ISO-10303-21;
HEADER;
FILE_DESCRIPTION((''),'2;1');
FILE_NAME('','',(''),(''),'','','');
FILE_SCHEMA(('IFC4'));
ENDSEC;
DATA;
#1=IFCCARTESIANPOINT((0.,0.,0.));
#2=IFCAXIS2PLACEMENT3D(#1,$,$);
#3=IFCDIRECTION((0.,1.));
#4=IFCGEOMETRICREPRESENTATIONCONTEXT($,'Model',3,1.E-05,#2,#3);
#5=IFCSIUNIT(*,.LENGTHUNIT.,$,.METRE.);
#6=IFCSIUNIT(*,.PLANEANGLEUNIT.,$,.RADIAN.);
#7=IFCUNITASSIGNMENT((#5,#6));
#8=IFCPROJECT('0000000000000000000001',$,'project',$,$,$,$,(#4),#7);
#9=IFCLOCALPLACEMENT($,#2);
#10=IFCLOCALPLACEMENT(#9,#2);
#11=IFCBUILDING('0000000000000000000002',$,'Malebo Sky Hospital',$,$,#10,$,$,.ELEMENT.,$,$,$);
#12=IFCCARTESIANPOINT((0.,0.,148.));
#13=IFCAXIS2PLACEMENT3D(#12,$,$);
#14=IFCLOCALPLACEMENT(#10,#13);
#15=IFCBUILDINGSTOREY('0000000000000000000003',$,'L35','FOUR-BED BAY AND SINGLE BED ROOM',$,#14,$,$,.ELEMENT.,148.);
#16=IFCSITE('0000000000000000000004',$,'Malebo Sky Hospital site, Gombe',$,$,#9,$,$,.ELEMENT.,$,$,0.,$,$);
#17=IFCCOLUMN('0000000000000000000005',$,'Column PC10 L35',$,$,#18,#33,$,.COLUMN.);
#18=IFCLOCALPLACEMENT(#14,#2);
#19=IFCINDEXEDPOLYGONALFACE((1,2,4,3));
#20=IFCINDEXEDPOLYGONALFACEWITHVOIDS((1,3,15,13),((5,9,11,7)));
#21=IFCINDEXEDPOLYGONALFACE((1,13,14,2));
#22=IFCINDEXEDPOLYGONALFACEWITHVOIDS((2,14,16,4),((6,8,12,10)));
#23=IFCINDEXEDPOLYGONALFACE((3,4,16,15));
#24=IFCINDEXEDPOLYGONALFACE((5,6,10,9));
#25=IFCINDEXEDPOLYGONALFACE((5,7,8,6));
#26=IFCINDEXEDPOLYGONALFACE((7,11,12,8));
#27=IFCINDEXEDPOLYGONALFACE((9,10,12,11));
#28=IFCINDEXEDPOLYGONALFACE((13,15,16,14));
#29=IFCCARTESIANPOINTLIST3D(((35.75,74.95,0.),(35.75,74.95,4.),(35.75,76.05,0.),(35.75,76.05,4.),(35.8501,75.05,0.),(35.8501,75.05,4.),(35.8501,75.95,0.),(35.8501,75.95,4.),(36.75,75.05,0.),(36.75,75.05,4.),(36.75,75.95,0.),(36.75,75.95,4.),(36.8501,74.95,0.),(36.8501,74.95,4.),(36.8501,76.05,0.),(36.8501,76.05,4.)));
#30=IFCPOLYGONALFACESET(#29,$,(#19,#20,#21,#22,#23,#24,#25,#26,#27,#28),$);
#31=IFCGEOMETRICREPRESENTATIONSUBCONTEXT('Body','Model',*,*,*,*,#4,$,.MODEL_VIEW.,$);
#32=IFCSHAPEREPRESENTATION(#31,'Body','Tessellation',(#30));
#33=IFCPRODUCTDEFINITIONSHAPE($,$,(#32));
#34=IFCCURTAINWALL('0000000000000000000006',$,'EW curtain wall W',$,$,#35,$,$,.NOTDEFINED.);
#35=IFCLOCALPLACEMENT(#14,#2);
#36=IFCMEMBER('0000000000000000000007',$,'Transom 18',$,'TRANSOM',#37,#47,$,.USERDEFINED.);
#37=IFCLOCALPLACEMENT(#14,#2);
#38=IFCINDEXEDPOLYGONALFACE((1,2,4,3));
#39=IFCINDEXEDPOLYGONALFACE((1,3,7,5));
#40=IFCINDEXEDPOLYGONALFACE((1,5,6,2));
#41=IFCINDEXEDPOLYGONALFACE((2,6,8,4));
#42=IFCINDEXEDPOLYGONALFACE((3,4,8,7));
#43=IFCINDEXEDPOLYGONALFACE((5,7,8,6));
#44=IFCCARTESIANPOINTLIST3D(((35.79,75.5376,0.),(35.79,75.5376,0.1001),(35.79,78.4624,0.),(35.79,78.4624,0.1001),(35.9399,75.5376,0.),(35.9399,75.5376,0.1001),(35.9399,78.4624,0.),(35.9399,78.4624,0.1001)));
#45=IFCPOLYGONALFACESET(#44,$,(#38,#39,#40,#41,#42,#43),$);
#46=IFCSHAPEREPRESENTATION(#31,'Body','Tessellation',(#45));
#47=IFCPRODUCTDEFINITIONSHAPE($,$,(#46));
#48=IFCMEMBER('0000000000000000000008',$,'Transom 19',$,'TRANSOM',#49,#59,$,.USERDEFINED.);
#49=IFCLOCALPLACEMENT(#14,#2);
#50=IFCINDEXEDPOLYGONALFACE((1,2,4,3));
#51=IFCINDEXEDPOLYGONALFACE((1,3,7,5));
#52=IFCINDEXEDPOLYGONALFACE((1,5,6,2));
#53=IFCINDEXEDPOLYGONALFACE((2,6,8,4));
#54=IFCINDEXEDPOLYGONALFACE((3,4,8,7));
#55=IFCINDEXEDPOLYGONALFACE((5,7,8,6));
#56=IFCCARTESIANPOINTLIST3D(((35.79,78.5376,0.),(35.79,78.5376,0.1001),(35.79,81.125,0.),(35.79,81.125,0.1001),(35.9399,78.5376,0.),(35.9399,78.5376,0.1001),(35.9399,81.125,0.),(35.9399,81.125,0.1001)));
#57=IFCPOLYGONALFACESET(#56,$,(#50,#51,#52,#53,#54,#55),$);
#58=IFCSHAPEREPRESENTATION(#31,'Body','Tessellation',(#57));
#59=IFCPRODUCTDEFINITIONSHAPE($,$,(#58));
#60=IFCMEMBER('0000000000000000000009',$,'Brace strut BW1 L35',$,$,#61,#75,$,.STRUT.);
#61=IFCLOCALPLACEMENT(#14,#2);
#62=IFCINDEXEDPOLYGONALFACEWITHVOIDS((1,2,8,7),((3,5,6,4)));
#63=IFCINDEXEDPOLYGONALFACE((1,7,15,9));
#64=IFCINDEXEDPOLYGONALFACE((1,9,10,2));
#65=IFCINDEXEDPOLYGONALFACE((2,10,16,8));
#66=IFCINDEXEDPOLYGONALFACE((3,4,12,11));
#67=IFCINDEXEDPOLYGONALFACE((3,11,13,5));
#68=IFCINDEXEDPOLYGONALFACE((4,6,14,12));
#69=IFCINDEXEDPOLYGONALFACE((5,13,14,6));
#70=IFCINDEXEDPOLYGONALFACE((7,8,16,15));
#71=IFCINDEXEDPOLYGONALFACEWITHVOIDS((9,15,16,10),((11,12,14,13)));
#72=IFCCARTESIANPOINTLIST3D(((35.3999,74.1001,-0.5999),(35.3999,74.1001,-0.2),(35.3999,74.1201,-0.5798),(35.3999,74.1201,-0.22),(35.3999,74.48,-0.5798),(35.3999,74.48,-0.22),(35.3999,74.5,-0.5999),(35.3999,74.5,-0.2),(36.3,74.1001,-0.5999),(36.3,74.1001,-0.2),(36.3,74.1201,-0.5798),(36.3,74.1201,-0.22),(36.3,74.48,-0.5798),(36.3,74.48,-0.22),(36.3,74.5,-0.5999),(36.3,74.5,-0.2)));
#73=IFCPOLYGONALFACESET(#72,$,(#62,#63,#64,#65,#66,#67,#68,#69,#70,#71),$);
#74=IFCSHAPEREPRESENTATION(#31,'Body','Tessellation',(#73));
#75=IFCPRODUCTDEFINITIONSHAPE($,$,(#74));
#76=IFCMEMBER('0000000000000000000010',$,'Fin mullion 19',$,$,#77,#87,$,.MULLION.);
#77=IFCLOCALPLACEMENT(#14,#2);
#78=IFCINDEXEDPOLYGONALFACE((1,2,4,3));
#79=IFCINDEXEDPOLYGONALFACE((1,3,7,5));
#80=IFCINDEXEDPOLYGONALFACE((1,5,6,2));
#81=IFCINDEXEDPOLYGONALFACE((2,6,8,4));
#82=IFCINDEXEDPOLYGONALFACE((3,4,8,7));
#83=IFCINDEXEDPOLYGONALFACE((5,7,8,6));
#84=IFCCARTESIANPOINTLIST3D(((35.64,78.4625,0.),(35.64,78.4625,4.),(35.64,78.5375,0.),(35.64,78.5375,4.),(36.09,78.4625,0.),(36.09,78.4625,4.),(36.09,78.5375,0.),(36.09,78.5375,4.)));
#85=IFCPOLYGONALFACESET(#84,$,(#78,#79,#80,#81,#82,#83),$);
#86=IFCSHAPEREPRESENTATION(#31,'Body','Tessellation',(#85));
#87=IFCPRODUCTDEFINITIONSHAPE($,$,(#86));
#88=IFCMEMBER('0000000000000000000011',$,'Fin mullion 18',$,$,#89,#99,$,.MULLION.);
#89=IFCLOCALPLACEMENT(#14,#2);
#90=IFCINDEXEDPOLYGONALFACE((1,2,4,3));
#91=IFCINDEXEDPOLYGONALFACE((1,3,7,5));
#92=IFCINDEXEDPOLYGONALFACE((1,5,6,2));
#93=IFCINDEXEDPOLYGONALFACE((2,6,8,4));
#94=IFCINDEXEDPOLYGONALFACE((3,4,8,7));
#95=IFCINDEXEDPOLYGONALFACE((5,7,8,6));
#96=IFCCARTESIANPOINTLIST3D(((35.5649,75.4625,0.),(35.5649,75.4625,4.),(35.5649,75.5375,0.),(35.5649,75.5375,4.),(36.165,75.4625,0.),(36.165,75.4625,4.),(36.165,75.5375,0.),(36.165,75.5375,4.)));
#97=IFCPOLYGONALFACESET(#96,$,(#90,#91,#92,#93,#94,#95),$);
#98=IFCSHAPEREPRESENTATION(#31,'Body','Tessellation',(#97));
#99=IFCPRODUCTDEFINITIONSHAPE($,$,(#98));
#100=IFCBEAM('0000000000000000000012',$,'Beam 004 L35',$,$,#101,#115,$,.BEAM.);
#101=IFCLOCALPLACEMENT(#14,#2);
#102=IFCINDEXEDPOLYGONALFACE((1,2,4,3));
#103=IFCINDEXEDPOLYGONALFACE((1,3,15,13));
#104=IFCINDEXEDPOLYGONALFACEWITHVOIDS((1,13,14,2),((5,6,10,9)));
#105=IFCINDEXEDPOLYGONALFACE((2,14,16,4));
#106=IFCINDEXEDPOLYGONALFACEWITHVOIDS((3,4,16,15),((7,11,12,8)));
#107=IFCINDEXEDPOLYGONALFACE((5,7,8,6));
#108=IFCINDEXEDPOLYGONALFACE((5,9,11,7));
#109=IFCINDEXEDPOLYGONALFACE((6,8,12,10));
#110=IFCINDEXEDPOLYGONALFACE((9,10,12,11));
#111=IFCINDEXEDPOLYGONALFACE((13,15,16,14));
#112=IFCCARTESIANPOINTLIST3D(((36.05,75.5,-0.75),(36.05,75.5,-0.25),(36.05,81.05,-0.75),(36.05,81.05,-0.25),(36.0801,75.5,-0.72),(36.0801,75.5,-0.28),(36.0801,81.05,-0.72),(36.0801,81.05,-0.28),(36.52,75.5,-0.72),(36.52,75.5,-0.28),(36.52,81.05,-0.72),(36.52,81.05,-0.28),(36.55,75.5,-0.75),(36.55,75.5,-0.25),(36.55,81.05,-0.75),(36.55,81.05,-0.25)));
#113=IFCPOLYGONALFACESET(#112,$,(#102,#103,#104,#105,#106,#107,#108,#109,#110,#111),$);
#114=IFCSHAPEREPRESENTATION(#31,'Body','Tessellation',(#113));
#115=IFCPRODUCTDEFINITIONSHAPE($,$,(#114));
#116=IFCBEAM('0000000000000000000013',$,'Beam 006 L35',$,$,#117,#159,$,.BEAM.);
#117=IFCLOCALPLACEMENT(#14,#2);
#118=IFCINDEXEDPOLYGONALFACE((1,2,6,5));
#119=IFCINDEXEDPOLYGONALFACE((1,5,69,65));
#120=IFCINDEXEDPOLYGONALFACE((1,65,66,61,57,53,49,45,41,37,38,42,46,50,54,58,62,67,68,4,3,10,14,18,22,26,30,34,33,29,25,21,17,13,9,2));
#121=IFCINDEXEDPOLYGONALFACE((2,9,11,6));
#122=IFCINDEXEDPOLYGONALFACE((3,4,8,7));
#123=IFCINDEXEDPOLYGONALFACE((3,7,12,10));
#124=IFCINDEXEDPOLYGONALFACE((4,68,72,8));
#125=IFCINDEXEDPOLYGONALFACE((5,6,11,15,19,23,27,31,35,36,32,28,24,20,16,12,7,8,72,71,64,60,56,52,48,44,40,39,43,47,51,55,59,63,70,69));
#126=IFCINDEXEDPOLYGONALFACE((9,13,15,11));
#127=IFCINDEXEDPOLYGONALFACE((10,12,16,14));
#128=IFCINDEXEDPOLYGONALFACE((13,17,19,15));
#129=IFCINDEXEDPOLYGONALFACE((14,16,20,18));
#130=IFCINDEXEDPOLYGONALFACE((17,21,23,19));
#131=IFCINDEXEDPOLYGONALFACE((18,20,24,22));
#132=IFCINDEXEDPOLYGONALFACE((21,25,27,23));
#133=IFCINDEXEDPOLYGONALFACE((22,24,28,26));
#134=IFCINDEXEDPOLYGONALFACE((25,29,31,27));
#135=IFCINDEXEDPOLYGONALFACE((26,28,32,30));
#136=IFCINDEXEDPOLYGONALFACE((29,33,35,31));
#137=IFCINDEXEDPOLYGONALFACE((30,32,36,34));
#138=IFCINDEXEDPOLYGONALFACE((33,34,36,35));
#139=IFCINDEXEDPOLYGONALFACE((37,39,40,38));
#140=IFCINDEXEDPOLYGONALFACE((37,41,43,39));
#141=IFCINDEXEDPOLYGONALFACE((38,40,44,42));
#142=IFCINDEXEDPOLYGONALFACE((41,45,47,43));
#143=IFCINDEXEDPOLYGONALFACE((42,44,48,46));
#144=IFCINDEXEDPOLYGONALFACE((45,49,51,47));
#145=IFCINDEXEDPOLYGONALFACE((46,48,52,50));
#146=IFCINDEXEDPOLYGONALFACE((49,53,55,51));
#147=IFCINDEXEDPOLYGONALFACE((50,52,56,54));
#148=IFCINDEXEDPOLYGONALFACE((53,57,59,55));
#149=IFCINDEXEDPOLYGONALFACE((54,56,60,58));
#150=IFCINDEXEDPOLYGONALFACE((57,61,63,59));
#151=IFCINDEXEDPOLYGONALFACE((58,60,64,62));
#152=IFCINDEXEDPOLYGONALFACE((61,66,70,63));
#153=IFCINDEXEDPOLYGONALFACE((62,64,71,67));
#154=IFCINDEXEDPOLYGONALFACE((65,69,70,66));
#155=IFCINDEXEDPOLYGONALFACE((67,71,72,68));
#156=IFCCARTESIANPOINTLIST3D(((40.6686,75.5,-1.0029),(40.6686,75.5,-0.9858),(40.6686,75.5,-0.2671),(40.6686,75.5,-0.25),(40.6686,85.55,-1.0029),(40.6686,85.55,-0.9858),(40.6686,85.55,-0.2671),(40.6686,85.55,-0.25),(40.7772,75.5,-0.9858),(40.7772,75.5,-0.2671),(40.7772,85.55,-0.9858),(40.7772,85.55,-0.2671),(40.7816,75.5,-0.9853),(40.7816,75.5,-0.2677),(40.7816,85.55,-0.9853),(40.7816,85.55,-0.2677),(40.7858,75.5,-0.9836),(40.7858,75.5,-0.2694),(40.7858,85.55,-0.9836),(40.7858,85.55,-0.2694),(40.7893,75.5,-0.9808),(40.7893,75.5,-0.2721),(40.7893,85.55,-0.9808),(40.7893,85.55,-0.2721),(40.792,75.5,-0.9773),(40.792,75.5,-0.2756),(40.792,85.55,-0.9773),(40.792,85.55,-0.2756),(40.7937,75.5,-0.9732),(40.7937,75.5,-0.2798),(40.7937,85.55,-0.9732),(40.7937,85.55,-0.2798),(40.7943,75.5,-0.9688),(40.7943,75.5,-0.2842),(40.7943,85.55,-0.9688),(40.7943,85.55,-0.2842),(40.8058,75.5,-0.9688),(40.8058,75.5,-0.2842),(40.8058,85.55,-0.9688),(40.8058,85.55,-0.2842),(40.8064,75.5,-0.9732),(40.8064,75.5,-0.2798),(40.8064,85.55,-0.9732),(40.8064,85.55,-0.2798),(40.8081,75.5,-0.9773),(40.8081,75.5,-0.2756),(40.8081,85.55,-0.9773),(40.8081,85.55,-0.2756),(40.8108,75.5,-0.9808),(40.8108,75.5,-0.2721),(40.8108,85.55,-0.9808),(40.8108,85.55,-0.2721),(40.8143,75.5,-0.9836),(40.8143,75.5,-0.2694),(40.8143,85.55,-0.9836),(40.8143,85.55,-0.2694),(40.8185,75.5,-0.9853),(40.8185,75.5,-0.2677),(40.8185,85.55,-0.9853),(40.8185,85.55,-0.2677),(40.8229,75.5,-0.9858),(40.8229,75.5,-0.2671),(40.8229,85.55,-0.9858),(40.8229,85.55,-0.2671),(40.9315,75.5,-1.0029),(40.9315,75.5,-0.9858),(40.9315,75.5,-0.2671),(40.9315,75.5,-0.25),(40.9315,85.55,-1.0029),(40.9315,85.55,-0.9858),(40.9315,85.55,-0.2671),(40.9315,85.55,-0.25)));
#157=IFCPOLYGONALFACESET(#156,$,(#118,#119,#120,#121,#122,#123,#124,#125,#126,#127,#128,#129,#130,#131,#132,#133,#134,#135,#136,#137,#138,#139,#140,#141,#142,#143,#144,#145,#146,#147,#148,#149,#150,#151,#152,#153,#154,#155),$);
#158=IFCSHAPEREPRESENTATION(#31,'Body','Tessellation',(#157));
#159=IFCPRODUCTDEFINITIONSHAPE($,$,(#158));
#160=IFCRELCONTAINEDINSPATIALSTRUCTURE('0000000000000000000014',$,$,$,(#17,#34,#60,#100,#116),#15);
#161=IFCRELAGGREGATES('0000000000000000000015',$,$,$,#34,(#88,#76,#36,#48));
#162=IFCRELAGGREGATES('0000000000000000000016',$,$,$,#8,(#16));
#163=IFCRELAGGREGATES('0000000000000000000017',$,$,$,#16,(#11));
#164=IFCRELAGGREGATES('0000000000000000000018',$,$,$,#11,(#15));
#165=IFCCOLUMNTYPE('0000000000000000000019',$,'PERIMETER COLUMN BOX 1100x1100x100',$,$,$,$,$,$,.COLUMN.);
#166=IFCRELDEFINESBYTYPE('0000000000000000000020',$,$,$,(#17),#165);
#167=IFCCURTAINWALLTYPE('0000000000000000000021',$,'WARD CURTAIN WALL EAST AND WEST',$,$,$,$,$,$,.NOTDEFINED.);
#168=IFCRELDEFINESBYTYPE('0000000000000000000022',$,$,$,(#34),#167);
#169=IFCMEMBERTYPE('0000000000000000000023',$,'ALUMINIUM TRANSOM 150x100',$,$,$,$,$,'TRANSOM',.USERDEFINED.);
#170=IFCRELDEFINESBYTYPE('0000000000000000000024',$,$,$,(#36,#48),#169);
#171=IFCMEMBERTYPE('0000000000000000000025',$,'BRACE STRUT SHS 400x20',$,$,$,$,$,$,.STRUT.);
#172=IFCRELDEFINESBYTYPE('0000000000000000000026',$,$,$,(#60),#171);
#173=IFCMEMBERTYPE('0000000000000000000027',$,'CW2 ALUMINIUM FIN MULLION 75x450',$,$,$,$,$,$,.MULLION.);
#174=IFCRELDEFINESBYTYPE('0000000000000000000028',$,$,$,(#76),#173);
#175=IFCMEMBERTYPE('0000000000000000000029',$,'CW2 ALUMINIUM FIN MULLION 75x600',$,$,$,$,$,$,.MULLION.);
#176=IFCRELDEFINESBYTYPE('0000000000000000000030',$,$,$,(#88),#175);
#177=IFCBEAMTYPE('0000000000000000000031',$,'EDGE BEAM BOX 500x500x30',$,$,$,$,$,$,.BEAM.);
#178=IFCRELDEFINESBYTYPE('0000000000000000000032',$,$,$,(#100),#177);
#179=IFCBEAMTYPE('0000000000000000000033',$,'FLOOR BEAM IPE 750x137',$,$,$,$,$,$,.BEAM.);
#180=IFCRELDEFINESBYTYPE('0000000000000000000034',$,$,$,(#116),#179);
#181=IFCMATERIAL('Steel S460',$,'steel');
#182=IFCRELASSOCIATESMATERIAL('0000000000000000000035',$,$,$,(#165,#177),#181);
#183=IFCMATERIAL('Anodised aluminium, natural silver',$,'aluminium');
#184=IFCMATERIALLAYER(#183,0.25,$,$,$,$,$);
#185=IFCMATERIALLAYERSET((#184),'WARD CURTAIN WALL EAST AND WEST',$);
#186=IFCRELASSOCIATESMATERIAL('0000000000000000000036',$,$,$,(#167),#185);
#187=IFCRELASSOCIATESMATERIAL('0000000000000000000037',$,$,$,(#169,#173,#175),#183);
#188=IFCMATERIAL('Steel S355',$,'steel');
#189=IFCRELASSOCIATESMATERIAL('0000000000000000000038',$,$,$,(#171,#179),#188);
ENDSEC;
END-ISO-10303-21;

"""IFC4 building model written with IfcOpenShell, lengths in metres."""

from ifc_helpers import new_model, si_unit, direction, frame, origin, origin_2d, place, context, subcontext, project, spatial, rectangle, hollow_rectangle, i_section, extrude, material, layer, layer_set, material_profile, profile_set, type_object, element, aggregate, save


model = new_model("IFC4")

# Units and contexts
model_context = context("Model", 3, precision=1e-05, world=origin(), true_north=direction((0.0, 1.0)))
body_context = subcontext(model_context, "Body", "Model", "MODEL_VIEW")
ifc_project = project(units=[si_unit("LENGTHUNIT", "METRE"), si_unit("PLANEANGLEUNIT", "RADIAN")], contexts=[model_context])

# Site, building, storey
site_placement = place(None, origin())
site = spatial("IfcSite", under=ifc_project, at=site_placement, Name="Malebo Sky Hospital site, Gombe", CompositionType="ELEMENT", RefElevation=0.0)
building_placement = place(site_placement, origin())
building = spatial("IfcBuilding", under=site, at=building_placement, Name="Malebo Sky Hospital", CompositionType="ELEMENT")
storey_placement = place(building_placement, frame((0.0, 0.0, 148.0)))
storey = spatial("IfcBuildingStorey", under=building, at=storey_placement, Name="L35", Description="FOUR-BED BAY AND SINGLE BED ROOM", CompositionType="ELEMENT", Elevation=148.0)

# Column
ifc_material_1 = material(Name="Steel S460", Category="steel")
ifc_material_profile_1 = material_profile(ifc_material_1, hollow_rectangle(XDim=1.1001, YDim=1.1001, WallThickness=0.1001, at=origin_2d()), Name="BOX 1100x1100x100")
ifc_profile_set_1 = profile_set([ifc_material_profile_1], Name="Steel S460")
column_type = type_object("IfcColumnType", Name="PERIMETER COLUMN BOX 1100x1100x100", PredefinedType="COLUMN", material=ifc_profile_set_1)
column_placement = place(storey_placement, frame((36.3, 75.5, 0.0), z_axis=(0.0, 0.0, 1.0), x_axis=(1.0, 0.0, 0.0)))
element("IfcColumn", 1, at=column_placement, inside=storey, type_object=column_type, Name="Column PC10 L35", PredefinedType="COLUMN", context=body_context, shape_type="SweptSolid", body=[
    extrude(hollow_rectangle(XDim=1.1001, YDim=1.1001, WallThickness=0.1001, at=origin_2d()), origin(), (0.0, 0.0, 1.0), 4.0),
])

# Curtain wall, members
ifc_material_2 = material(Name="Anodised aluminium, natural silver", Category="aluminium")
ifc_layer_1 = layer(ifc_material_2, 0.25)
ifc_layer_set_1 = layer_set([ifc_layer_1], Name="WARD CURTAIN WALL EAST AND WEST")
curtain_wall_type = type_object("IfcCurtainWallType", Name="WARD CURTAIN WALL EAST AND WEST", PredefinedType="NOTDEFINED", material=ifc_layer_set_1)
curtain_wall_placement = place(storey_placement, origin())
curtain_wall = element("IfcCurtainWall", 2, at=curtain_wall_placement, inside=storey, type_object=curtain_wall_type, Name="EW curtain wall W", PredefinedType="NOTDEFINED")
ifc_material_profile_2 = material_profile(ifc_material_2, rectangle(XDim=0.1499, YDim=0.1001, at=origin_2d()), Name="ALUMINIUM TRANSOM 150x100")
ifc_profile_set_2 = profile_set([ifc_material_profile_2], Name="Anodised aluminium, natural silver")
member_type_1 = type_object("IfcMemberType", Name="ALUMINIUM TRANSOM 150x100", ElementType="TRANSOM", PredefinedType="USERDEFINED", material=ifc_profile_set_2)
member_1_placement = place(storey_placement, frame((35.865, 75.5376, 0.05), z_axis=(0.0, 1.0, 0.0), x_axis=(-1.0, 0.0, 0.0)))
member_1 = element("IfcMember", 3, at=member_1_placement, type_object=member_type_1, Name="Transom 18", ObjectType="TRANSOM", PredefinedType="USERDEFINED", context=body_context, shape_type="SweptSolid", body=[
    extrude(rectangle(XDim=0.1499, YDim=0.1001, at=origin_2d()), origin(), (0.0, 0.0, 1.0), 2.9248),
])
member_2_placement = place(storey_placement, frame((35.865, 78.5376, 0.05), z_axis=(0.0, 1.0, 0.0), x_axis=(-1.0, 0.0, 0.0)))
member_2 = element("IfcMember", 4, at=member_2_placement, type_object=member_type_1, Name="Transom 19", ObjectType="TRANSOM", PredefinedType="USERDEFINED", context=body_context, shape_type="SweptSolid", body=[
    extrude(rectangle(XDim=0.1499, YDim=0.1001, at=origin_2d()), origin(), (0.0, 0.0, 1.0), 2.5874),
])

# Members
ifc_material_3 = material(Name="Steel S355", Category="steel")
ifc_material_profile_3 = material_profile(ifc_material_3, hollow_rectangle(XDim=0.3999, YDim=0.3999, WallThickness=0.02, at=origin_2d()), Name="SHS 400x20")
ifc_profile_set_3 = profile_set([ifc_material_profile_3], Name="Steel S355")
member_type_2 = type_object("IfcMemberType", Name="BRACE STRUT SHS 400x20", PredefinedType="STRUT", material=ifc_profile_set_3)
member_3_placement = place(storey_placement, frame((35.3999, 74.3, -0.3999), z_axis=(1.0, 0.0, 0.0), x_axis=(0.0, 1.0, 0.0)))
element("IfcMember", 5, at=member_3_placement, inside=storey, type_object=member_type_2, Name="Brace strut BW1 L35", PredefinedType="STRUT", context=body_context, shape_type="SweptSolid", body=[
    extrude(hollow_rectangle(XDim=0.3999, YDim=0.3999, WallThickness=0.02, at=origin_2d()), origin(), (0.0, 0.0, 1.0), 0.9001),
])
ifc_material_profile_4 = material_profile(ifc_material_2, rectangle(XDim=0.075, YDim=0.45, at=origin_2d()), Name="CW2 ALUMINIUM FIN MULLION 75x450")
ifc_profile_set_4 = profile_set([ifc_material_profile_4], Name="Anodised aluminium, natural silver")
member_type_3 = type_object("IfcMemberType", Name="CW2 ALUMINIUM FIN MULLION 75x450", PredefinedType="MULLION", material=ifc_profile_set_4)
member_4_placement = place(storey_placement, frame((35.865, 78.5, 0.0), z_axis=(0.0, 0.0, 1.0), x_axis=(0.0, 1.0, 0.0)))
member_4 = element("IfcMember", 6, at=member_4_placement, type_object=member_type_3, Name="Fin mullion 19", PredefinedType="MULLION", context=body_context, shape_type="SweptSolid", body=[
    extrude(rectangle(XDim=0.075, YDim=0.45, at=origin_2d()), origin(), (0.0, 0.0, 1.0), 4.0),
])
ifc_material_profile_5 = material_profile(ifc_material_2, rectangle(XDim=0.075, YDim=0.6001, at=origin_2d()), Name="CW2 ALUMINIUM FIN MULLION 75x600")
ifc_profile_set_5 = profile_set([ifc_material_profile_5], Name="Anodised aluminium, natural silver")
member_type_4 = type_object("IfcMemberType", Name="CW2 ALUMINIUM FIN MULLION 75x600", PredefinedType="MULLION", material=ifc_profile_set_5)
member_5_placement = place(storey_placement, frame((35.865, 75.5, 0.0), z_axis=(0.0, 0.0, 1.0), x_axis=(0.0, 1.0, 0.0)))
member_5 = element("IfcMember", 7, at=member_5_placement, type_object=member_type_4, Name="Fin mullion 18", PredefinedType="MULLION", context=body_context, shape_type="SweptSolid", body=[
    extrude(rectangle(XDim=0.075, YDim=0.6001, at=origin_2d()), origin(), (0.0, 0.0, 1.0), 4.0),
])

# Beams
ifc_material_profile_6 = material_profile(ifc_material_1, hollow_rectangle(XDim=0.5, YDim=0.5, WallThickness=0.03, at=origin_2d()), Name="BOX 500x500x30")
ifc_profile_set_6 = profile_set([ifc_material_profile_6], Name="Steel S460")
beam_type_1 = type_object("IfcBeamType", Name="EDGE BEAM BOX 500x500x30", PredefinedType="BEAM", material=ifc_profile_set_6)
beam_1_placement = place(storey_placement, frame((36.3, 75.5, -0.5), z_axis=(0.0, 1.0, 0.0), x_axis=(-1.0, 0.0, 0.0)))
element("IfcBeam", 8, at=beam_1_placement, inside=storey, type_object=beam_type_1, Name="Beam 004 L35", PredefinedType="BEAM", context=body_context, shape_type="SweptSolid", body=[
    extrude(hollow_rectangle(XDim=0.5, YDim=0.5, WallThickness=0.03, at=origin_2d()), origin(), (0.0, 0.0, 1.0), 5.55),
])
ifc_material_profile_7 = material_profile(ifc_material_3, i_section(OverallWidth=0.2629, OverallDepth=0.7529, WebThickness=0.0115, FlangeThickness=0.0171, FilletRadius=0.0171, at=origin_2d()), Name="IPE 750x137")
ifc_profile_set_7 = profile_set([ifc_material_profile_7], Name="Steel S355")
beam_type_2 = type_object("IfcBeamType", Name="FLOOR BEAM IPE 750x137", PredefinedType="BEAM", material=ifc_profile_set_7)
beam_2_placement = place(storey_placement, frame((40.8, 75.5, -0.6265), z_axis=(0.0, 1.0, 0.0), x_axis=(-1.0, 0.0, 0.0)))
element("IfcBeam", 9, at=beam_2_placement, inside=storey, type_object=beam_type_2, Name="Beam 006 L35", PredefinedType="BEAM", context=body_context, shape_type="SweptSolid", body=[
    extrude(i_section(OverallWidth=0.2629, OverallDepth=0.7529, WebThickness=0.0115, FlangeThickness=0.0171, FilletRadius=0.0171, at=origin_2d()), origin(), (0.0, 0.0, 1.0), 10.05),
])

aggregate(curtain_wall, [member_5, member_4, member_1, member_2])

save(model, "model.ifc")
